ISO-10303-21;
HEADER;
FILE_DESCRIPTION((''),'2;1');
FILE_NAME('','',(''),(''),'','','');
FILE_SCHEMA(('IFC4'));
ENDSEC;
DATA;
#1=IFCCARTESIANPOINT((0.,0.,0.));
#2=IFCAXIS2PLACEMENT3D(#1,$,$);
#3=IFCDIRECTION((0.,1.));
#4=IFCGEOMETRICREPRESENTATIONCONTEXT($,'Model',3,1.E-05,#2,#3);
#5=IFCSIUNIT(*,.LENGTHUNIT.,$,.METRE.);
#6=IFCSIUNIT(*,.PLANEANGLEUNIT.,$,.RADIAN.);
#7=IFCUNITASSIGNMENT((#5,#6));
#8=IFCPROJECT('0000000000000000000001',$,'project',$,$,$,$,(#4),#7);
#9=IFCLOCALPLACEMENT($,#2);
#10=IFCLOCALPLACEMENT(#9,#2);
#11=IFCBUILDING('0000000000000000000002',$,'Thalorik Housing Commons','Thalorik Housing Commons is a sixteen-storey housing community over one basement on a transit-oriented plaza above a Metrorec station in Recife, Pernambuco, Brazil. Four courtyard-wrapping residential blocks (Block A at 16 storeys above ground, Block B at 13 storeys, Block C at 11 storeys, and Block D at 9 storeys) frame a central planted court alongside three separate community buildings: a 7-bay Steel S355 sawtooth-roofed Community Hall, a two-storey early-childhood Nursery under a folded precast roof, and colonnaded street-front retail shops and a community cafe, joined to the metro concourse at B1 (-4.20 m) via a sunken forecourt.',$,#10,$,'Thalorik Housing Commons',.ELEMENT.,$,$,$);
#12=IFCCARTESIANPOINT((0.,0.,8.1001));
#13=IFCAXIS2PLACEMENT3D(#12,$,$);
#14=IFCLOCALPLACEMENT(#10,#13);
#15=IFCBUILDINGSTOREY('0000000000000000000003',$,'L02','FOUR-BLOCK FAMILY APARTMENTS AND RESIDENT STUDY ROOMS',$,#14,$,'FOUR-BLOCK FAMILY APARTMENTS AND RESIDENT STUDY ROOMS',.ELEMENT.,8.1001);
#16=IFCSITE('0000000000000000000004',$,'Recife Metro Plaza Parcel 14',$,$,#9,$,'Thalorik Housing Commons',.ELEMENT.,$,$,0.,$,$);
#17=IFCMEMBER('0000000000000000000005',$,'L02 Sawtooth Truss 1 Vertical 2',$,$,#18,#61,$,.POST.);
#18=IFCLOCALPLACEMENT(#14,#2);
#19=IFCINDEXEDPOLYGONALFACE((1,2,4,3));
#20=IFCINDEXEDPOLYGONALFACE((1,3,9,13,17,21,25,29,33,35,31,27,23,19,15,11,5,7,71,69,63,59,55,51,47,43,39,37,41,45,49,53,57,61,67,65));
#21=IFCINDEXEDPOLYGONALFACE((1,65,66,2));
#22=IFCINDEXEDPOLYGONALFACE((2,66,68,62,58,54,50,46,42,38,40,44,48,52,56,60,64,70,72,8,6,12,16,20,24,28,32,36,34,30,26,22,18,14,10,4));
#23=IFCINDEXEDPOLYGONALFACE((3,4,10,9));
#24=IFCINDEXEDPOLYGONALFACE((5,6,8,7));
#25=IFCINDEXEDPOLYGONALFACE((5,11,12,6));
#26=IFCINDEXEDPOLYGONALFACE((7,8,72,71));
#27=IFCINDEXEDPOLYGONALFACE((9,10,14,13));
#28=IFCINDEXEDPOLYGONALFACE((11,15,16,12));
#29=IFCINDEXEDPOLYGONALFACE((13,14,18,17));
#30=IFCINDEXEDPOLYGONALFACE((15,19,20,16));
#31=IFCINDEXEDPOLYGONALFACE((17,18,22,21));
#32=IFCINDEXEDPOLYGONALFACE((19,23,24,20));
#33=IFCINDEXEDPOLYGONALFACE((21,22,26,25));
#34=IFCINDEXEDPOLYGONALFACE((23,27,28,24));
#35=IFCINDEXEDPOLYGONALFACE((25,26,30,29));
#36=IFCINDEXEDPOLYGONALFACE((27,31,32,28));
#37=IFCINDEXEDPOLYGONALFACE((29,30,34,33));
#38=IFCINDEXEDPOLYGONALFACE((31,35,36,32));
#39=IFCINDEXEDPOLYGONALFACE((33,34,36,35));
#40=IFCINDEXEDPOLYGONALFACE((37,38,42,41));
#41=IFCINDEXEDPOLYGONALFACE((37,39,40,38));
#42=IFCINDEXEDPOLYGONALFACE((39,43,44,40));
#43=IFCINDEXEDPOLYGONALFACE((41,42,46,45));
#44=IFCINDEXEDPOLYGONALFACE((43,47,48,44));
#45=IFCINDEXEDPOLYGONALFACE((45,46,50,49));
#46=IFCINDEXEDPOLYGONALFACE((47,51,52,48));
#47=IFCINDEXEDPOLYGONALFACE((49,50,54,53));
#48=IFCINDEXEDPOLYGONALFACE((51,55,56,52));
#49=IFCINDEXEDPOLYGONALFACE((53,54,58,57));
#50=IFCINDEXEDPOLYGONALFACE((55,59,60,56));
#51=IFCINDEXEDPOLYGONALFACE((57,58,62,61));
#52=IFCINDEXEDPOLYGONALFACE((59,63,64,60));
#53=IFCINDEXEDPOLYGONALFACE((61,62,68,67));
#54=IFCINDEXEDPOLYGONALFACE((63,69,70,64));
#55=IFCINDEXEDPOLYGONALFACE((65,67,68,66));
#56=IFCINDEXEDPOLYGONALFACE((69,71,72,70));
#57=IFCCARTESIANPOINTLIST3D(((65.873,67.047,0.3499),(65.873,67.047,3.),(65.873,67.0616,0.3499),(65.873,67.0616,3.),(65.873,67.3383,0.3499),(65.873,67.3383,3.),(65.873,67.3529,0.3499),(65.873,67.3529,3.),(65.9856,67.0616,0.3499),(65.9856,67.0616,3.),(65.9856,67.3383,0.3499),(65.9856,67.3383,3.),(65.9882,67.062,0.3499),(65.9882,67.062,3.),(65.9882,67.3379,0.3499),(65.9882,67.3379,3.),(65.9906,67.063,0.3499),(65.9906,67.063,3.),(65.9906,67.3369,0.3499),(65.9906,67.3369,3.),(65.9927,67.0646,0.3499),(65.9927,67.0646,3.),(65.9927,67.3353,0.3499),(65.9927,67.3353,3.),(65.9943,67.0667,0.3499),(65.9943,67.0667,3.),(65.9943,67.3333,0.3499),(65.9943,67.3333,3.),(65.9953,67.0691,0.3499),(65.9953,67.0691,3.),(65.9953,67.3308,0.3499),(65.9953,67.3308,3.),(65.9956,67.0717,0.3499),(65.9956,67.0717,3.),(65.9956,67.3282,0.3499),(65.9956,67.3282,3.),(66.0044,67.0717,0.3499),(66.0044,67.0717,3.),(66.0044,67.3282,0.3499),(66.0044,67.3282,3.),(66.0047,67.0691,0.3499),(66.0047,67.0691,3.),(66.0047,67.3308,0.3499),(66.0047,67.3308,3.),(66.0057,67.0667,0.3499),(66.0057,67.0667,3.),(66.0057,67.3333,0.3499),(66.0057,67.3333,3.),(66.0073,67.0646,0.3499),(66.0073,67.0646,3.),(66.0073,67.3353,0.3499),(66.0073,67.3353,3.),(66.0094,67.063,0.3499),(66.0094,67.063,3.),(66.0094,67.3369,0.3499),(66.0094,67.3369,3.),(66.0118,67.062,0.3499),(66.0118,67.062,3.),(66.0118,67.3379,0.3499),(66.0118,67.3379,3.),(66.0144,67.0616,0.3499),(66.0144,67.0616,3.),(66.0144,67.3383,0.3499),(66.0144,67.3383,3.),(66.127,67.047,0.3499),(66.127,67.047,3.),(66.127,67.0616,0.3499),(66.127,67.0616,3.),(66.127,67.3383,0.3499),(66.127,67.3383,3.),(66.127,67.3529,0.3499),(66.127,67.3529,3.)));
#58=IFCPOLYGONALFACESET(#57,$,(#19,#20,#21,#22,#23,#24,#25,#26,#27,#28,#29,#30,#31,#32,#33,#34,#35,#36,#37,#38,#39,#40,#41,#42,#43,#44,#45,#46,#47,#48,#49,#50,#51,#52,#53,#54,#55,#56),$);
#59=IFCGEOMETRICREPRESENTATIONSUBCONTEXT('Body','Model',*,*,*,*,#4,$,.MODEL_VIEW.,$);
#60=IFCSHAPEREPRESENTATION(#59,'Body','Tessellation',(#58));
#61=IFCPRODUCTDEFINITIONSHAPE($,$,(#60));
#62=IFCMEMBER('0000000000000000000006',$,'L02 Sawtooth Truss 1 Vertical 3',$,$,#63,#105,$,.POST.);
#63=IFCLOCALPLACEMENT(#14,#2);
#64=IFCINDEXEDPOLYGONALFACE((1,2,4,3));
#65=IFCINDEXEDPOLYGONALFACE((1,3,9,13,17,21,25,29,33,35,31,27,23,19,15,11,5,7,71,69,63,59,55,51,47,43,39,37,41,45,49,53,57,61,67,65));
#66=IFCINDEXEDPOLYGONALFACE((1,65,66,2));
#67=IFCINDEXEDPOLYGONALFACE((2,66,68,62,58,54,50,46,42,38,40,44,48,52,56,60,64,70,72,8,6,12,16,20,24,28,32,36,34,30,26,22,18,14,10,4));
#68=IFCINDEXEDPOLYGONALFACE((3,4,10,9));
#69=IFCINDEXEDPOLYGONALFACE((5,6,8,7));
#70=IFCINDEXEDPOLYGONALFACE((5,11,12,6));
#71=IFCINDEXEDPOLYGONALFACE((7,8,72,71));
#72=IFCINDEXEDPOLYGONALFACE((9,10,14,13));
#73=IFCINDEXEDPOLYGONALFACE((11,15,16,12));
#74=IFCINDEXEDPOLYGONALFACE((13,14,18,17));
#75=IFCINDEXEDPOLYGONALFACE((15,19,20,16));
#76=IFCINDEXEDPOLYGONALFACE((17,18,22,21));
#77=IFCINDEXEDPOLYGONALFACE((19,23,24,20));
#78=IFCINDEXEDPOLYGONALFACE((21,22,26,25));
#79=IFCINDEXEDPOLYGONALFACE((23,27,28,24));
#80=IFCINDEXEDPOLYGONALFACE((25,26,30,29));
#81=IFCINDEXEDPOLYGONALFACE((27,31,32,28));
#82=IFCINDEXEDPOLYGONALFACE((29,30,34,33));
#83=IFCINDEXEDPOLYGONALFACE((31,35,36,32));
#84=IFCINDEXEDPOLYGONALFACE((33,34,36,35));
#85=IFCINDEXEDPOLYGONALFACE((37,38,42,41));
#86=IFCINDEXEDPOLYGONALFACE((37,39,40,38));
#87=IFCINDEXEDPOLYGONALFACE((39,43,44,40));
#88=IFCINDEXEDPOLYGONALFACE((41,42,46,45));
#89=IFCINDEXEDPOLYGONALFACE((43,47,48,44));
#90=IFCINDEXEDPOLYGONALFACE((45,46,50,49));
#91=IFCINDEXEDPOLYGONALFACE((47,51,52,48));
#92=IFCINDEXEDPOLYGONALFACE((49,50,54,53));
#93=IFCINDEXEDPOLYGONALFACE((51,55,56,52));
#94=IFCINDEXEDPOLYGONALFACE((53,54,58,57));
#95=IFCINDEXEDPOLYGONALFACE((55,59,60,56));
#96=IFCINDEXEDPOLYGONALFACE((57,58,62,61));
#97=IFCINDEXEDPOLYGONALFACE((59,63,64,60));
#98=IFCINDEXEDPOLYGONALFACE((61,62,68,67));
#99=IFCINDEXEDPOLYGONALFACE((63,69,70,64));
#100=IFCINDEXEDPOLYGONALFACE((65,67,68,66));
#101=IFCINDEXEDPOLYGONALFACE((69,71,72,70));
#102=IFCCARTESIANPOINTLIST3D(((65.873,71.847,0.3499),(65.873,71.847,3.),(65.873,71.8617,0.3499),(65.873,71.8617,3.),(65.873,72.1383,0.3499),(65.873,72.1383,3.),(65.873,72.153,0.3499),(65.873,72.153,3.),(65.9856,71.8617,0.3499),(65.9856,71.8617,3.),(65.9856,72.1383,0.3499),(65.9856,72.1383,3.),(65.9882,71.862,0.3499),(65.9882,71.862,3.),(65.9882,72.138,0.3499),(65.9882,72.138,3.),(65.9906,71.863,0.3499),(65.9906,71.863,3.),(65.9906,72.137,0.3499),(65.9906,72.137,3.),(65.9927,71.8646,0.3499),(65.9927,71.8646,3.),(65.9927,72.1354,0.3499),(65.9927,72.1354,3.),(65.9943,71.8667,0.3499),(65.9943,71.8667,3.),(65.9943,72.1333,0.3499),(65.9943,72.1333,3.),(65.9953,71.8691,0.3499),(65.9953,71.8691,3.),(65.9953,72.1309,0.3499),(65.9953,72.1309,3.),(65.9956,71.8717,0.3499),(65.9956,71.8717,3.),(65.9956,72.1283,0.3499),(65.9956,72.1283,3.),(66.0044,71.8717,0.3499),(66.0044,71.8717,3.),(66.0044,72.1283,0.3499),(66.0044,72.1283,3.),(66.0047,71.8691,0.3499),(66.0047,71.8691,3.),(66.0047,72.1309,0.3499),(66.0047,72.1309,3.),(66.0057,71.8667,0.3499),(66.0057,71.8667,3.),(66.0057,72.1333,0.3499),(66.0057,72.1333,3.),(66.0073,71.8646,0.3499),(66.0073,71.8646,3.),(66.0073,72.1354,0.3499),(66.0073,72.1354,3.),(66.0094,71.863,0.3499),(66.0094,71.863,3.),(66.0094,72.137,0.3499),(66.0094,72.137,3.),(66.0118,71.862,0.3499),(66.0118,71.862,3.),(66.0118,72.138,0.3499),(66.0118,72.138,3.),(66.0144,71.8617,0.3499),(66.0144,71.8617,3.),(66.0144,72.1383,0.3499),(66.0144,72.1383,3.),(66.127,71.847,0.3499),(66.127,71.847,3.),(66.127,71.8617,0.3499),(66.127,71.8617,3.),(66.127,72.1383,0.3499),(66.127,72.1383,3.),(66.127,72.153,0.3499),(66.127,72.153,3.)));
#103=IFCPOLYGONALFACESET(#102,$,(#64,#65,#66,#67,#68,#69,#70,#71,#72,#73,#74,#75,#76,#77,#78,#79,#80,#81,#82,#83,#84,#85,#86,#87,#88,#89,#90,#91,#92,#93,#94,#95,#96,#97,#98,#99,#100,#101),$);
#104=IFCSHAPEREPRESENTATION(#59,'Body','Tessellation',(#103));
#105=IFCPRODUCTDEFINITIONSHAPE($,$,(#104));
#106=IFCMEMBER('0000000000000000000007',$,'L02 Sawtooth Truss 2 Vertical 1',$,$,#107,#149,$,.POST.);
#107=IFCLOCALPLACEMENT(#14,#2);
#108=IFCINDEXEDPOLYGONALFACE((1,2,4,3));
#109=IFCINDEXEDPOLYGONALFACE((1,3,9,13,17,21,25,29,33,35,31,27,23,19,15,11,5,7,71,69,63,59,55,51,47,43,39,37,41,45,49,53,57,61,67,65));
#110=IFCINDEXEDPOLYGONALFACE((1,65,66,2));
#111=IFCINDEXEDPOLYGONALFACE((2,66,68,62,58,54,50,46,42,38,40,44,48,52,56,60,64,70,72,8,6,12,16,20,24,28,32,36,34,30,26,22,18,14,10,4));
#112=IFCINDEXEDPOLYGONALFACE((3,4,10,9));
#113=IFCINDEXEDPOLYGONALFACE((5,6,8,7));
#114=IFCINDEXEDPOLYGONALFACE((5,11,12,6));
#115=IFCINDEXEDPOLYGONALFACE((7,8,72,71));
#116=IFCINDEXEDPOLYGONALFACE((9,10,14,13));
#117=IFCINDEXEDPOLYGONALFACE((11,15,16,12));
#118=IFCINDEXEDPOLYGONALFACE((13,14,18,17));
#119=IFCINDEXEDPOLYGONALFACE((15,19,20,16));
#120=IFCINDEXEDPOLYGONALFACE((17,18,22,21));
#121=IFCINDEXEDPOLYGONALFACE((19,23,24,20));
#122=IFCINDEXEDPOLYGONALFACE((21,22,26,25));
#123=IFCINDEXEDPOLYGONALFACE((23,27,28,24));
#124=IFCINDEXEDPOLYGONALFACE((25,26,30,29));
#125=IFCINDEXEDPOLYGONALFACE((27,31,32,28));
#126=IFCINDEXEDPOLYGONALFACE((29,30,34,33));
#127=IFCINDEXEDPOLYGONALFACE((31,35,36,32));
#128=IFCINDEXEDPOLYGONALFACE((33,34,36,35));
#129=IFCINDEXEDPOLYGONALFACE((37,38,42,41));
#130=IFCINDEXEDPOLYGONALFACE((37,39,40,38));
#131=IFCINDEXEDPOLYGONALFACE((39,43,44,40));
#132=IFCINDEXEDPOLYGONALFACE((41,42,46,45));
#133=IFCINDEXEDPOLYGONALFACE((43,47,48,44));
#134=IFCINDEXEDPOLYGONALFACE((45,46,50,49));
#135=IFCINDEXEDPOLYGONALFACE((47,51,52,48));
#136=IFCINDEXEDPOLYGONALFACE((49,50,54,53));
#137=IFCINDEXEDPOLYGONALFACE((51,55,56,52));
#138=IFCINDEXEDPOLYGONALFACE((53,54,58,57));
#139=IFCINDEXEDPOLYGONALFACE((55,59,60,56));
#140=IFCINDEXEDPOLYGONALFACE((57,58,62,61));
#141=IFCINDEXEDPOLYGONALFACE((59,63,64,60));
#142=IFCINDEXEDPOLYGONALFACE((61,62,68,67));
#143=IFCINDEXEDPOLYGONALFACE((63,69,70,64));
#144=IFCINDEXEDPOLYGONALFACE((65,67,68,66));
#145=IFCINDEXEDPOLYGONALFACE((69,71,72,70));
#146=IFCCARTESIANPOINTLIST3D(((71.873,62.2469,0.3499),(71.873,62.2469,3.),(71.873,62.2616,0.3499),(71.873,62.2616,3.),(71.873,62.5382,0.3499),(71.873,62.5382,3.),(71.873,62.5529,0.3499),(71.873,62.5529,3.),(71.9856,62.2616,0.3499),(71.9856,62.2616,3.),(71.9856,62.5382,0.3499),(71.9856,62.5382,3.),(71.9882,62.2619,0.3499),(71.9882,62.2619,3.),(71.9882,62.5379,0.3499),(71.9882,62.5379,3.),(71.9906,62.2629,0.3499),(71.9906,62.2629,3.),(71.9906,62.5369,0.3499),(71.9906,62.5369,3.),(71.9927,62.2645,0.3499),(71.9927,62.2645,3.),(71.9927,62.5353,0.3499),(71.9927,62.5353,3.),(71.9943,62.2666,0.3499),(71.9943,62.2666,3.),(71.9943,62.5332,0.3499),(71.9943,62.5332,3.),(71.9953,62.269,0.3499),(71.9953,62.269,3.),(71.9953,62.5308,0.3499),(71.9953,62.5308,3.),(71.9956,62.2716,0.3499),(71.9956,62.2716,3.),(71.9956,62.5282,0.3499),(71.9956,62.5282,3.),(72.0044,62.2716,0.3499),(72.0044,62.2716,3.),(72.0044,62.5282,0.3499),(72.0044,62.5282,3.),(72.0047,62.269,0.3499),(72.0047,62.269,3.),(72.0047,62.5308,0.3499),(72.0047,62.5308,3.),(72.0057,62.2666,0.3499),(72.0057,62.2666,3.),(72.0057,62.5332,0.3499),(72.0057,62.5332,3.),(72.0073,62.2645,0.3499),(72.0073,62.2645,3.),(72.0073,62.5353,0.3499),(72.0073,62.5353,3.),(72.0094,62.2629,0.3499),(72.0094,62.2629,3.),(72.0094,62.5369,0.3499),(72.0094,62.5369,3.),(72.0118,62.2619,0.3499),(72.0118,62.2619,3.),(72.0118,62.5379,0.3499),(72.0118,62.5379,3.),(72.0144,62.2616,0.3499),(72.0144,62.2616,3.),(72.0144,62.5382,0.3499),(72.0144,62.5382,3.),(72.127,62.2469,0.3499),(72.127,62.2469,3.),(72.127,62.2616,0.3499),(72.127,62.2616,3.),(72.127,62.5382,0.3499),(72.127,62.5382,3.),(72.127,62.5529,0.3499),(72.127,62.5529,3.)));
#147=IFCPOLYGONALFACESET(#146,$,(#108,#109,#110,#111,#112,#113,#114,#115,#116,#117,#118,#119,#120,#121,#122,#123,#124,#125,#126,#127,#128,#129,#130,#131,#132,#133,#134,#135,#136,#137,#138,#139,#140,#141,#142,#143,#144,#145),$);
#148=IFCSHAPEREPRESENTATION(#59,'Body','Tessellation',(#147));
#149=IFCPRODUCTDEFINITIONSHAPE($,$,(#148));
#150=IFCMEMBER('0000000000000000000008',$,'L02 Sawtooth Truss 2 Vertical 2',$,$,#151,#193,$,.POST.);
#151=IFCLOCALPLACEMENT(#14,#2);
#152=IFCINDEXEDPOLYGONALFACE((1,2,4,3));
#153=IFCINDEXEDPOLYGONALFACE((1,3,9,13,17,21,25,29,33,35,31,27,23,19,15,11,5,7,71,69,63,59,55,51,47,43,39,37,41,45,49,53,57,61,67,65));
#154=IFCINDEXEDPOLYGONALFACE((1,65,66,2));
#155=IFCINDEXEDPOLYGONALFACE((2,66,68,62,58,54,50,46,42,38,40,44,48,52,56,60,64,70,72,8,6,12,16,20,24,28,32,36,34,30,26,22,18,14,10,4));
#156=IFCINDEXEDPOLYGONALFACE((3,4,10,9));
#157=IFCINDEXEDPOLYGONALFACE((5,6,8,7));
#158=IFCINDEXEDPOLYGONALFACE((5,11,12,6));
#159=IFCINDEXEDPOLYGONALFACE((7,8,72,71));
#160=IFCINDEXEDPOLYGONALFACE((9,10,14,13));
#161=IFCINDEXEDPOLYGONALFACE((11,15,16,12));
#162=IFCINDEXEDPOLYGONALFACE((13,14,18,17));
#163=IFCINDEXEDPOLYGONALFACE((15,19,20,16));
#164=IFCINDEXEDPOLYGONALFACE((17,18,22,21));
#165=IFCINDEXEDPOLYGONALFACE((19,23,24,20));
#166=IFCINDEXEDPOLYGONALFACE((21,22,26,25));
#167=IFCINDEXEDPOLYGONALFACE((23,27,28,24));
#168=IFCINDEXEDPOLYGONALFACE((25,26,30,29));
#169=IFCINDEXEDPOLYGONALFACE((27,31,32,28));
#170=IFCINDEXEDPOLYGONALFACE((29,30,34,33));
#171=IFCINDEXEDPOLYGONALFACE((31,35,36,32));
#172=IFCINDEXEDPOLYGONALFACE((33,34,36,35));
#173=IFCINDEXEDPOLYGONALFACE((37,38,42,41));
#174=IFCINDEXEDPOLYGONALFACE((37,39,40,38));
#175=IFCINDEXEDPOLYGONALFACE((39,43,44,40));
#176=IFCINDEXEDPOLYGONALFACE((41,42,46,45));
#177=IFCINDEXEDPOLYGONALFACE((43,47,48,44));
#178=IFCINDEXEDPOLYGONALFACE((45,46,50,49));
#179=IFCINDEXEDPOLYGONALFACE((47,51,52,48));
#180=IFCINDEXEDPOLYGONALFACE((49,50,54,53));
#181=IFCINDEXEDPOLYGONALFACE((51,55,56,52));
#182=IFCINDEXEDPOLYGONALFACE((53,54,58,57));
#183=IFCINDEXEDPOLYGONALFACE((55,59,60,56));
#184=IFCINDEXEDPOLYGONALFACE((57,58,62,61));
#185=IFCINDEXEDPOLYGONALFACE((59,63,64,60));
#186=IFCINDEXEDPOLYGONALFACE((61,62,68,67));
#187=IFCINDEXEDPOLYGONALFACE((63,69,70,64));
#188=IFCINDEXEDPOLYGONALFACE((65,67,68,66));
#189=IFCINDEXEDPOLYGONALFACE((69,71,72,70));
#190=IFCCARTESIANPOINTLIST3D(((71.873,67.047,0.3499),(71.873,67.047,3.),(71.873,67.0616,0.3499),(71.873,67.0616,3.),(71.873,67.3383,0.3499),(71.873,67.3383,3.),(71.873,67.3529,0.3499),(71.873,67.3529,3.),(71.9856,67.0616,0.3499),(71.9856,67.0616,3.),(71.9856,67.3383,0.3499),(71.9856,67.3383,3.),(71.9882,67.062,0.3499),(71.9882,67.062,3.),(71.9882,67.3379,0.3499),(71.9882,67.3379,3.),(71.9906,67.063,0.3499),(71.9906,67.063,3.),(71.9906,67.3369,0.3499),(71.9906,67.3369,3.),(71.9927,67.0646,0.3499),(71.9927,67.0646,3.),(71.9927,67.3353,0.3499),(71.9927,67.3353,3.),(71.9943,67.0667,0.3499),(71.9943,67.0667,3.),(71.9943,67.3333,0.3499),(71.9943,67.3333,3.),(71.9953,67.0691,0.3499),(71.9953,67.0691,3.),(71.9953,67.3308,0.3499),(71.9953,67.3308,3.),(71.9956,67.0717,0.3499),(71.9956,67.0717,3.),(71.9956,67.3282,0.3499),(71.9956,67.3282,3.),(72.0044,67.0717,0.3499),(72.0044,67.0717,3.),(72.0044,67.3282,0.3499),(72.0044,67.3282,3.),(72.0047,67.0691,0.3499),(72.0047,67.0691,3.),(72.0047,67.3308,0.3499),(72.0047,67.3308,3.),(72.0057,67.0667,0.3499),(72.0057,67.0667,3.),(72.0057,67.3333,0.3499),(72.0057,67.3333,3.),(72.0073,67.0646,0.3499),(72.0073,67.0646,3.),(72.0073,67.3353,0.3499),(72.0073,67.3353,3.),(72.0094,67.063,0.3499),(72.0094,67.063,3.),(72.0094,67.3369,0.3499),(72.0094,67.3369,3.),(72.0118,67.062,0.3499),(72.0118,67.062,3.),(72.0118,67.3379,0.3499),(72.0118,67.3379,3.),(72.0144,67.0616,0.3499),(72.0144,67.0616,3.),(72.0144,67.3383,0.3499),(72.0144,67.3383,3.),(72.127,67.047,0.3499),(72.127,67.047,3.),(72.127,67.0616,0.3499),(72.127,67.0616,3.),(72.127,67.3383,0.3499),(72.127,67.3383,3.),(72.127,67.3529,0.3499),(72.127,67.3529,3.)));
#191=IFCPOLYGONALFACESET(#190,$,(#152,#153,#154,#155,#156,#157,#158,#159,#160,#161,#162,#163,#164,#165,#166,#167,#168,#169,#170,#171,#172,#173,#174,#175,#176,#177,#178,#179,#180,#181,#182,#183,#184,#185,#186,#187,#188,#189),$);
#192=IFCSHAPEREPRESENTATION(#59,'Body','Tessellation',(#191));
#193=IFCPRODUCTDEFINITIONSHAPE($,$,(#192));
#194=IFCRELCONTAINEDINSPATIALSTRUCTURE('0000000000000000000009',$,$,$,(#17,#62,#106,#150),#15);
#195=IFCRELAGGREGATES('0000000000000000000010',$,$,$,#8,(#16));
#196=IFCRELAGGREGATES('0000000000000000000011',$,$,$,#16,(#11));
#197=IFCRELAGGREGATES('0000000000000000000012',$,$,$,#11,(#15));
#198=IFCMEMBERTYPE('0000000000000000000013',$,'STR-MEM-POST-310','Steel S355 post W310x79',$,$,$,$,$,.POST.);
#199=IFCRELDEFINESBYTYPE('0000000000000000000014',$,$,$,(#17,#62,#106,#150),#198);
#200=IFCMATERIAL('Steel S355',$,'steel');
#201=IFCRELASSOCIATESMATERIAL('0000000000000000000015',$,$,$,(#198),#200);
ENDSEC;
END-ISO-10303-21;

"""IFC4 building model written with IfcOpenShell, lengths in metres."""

from ifc_helpers import new_model, si_unit, direction, frame, origin, origin_2d, place, context, subcontext, project, spatial, i_section, extrude, material, material_profile, profile_set, type_object, element, save


model = new_model("IFC4")

# Units and contexts
model_context = context("Model", 3, precision=1e-05, world=origin(), true_north=direction((0.0, 1.0)))
body_context = subcontext(model_context, "Body", "Model", "MODEL_VIEW")
ifc_project = project(units=[si_unit("LENGTHUNIT", "METRE"), si_unit("PLANEANGLEUNIT", "RADIAN")], contexts=[model_context])

# Site, building, storey
site_placement = place(None, origin())
site = spatial("IfcSite", under=ifc_project, at=site_placement, Name="Recife Metro Plaza Parcel 14", LongName="Thalorik Housing Commons", CompositionType="ELEMENT", RefElevation=0.0)
building_placement = place(site_placement, origin())
building = spatial("IfcBuilding", under=site, at=building_placement, Name="Thalorik Housing Commons", Description="Thalorik Housing Commons is a sixteen-storey housing community over one basement on a transit-oriented plaza above a Metrorec station in Recife, Pernambuco, Brazil. Four courtyard-wrapping residential blocks (Block A at 16 storeys above ground, Block B at 13 storeys, Block C at 11 storeys, and Block D at 9 storeys) frame a central planted court alongside three separate community buildings: a 7-bay Steel S355 sawtooth-roofed Community Hall, a two-storey early-childhood Nursery under a folded precast roof, and colonnaded street-front retail shops and a community cafe, joined to the metro concourse at B1 (-4.20 m) via a sunken forecourt.", LongName="Thalorik Housing Commons", CompositionType="ELEMENT")
storey_placement = place(building_placement, frame((0.0, 0.0, 8.1001)))
storey = spatial("IfcBuildingStorey", under=building, at=storey_placement, Name="L02", Description="FOUR-BLOCK FAMILY APARTMENTS AND RESIDENT STUDY ROOMS", LongName="FOUR-BLOCK FAMILY APARTMENTS AND RESIDENT STUDY ROOMS", CompositionType="ELEMENT", Elevation=8.1001)

# Shared definitions
ifc_material_1 = material(Name="Steel S355", Category="steel")

# Members
ifc_material_profile_1 = material_profile(ifc_material_1, i_section(OverallWidth=0.2539, OverallDepth=0.3059, WebThickness=0.0088, FlangeThickness=0.0146, FilletRadius=0.01, at=origin_2d()), Name="W310x79", Category="steel")
ifc_profile_set_1 = profile_set([ifc_material_profile_1], Name="Steel S355")
member_type_1 = type_object("IfcMemberType", Name="STR-MEM-POST-310", Description="Steel S355 post W310x79", PredefinedType="POST", material=ifc_profile_set_1)
for number, where, z_axis, x_axis, name in (
    (1, (66.0, 67.2, 0.3499), (0.0, 0.0, 1.0), (1.0, 0.0, 0.0), "L02 Sawtooth Truss 1 Vertical 2"),
    (2, (66.0, 72.0, 0.3499), (0.0, 0.0, 1.0), (1.0, 0.0, 0.0), "L02 Sawtooth Truss 1 Vertical 3"),
    (3, (72.0, 62.3999, 0.3499), (0.0, 0.0, 1.0), (1.0, 0.0, 0.0), "L02 Sawtooth Truss 2 Vertical 1"),
    (4, (72.0, 67.2, 0.3499), (0.0, 0.0, 1.0), (1.0, 0.0, 0.0), "L02 Sawtooth Truss 2 Vertical 2"),
):
    element("IfcMember", number, at=place(storey_placement, frame(where, z_axis=z_axis, x_axis=x_axis)), inside=storey, type_object=member_type_1, Name=name, PredefinedType="POST", context=body_context, shape_type="SweptSolid", body=[
        extrude(i_section(OverallWidth=0.2539, OverallDepth=0.3059, WebThickness=0.0088, FlangeThickness=0.0146, FilletRadius=0.01, at=origin_2d()), origin(), (0.0, 0.0, 1.0), 2.6501),
    ])

save(model, "model.ifc")
